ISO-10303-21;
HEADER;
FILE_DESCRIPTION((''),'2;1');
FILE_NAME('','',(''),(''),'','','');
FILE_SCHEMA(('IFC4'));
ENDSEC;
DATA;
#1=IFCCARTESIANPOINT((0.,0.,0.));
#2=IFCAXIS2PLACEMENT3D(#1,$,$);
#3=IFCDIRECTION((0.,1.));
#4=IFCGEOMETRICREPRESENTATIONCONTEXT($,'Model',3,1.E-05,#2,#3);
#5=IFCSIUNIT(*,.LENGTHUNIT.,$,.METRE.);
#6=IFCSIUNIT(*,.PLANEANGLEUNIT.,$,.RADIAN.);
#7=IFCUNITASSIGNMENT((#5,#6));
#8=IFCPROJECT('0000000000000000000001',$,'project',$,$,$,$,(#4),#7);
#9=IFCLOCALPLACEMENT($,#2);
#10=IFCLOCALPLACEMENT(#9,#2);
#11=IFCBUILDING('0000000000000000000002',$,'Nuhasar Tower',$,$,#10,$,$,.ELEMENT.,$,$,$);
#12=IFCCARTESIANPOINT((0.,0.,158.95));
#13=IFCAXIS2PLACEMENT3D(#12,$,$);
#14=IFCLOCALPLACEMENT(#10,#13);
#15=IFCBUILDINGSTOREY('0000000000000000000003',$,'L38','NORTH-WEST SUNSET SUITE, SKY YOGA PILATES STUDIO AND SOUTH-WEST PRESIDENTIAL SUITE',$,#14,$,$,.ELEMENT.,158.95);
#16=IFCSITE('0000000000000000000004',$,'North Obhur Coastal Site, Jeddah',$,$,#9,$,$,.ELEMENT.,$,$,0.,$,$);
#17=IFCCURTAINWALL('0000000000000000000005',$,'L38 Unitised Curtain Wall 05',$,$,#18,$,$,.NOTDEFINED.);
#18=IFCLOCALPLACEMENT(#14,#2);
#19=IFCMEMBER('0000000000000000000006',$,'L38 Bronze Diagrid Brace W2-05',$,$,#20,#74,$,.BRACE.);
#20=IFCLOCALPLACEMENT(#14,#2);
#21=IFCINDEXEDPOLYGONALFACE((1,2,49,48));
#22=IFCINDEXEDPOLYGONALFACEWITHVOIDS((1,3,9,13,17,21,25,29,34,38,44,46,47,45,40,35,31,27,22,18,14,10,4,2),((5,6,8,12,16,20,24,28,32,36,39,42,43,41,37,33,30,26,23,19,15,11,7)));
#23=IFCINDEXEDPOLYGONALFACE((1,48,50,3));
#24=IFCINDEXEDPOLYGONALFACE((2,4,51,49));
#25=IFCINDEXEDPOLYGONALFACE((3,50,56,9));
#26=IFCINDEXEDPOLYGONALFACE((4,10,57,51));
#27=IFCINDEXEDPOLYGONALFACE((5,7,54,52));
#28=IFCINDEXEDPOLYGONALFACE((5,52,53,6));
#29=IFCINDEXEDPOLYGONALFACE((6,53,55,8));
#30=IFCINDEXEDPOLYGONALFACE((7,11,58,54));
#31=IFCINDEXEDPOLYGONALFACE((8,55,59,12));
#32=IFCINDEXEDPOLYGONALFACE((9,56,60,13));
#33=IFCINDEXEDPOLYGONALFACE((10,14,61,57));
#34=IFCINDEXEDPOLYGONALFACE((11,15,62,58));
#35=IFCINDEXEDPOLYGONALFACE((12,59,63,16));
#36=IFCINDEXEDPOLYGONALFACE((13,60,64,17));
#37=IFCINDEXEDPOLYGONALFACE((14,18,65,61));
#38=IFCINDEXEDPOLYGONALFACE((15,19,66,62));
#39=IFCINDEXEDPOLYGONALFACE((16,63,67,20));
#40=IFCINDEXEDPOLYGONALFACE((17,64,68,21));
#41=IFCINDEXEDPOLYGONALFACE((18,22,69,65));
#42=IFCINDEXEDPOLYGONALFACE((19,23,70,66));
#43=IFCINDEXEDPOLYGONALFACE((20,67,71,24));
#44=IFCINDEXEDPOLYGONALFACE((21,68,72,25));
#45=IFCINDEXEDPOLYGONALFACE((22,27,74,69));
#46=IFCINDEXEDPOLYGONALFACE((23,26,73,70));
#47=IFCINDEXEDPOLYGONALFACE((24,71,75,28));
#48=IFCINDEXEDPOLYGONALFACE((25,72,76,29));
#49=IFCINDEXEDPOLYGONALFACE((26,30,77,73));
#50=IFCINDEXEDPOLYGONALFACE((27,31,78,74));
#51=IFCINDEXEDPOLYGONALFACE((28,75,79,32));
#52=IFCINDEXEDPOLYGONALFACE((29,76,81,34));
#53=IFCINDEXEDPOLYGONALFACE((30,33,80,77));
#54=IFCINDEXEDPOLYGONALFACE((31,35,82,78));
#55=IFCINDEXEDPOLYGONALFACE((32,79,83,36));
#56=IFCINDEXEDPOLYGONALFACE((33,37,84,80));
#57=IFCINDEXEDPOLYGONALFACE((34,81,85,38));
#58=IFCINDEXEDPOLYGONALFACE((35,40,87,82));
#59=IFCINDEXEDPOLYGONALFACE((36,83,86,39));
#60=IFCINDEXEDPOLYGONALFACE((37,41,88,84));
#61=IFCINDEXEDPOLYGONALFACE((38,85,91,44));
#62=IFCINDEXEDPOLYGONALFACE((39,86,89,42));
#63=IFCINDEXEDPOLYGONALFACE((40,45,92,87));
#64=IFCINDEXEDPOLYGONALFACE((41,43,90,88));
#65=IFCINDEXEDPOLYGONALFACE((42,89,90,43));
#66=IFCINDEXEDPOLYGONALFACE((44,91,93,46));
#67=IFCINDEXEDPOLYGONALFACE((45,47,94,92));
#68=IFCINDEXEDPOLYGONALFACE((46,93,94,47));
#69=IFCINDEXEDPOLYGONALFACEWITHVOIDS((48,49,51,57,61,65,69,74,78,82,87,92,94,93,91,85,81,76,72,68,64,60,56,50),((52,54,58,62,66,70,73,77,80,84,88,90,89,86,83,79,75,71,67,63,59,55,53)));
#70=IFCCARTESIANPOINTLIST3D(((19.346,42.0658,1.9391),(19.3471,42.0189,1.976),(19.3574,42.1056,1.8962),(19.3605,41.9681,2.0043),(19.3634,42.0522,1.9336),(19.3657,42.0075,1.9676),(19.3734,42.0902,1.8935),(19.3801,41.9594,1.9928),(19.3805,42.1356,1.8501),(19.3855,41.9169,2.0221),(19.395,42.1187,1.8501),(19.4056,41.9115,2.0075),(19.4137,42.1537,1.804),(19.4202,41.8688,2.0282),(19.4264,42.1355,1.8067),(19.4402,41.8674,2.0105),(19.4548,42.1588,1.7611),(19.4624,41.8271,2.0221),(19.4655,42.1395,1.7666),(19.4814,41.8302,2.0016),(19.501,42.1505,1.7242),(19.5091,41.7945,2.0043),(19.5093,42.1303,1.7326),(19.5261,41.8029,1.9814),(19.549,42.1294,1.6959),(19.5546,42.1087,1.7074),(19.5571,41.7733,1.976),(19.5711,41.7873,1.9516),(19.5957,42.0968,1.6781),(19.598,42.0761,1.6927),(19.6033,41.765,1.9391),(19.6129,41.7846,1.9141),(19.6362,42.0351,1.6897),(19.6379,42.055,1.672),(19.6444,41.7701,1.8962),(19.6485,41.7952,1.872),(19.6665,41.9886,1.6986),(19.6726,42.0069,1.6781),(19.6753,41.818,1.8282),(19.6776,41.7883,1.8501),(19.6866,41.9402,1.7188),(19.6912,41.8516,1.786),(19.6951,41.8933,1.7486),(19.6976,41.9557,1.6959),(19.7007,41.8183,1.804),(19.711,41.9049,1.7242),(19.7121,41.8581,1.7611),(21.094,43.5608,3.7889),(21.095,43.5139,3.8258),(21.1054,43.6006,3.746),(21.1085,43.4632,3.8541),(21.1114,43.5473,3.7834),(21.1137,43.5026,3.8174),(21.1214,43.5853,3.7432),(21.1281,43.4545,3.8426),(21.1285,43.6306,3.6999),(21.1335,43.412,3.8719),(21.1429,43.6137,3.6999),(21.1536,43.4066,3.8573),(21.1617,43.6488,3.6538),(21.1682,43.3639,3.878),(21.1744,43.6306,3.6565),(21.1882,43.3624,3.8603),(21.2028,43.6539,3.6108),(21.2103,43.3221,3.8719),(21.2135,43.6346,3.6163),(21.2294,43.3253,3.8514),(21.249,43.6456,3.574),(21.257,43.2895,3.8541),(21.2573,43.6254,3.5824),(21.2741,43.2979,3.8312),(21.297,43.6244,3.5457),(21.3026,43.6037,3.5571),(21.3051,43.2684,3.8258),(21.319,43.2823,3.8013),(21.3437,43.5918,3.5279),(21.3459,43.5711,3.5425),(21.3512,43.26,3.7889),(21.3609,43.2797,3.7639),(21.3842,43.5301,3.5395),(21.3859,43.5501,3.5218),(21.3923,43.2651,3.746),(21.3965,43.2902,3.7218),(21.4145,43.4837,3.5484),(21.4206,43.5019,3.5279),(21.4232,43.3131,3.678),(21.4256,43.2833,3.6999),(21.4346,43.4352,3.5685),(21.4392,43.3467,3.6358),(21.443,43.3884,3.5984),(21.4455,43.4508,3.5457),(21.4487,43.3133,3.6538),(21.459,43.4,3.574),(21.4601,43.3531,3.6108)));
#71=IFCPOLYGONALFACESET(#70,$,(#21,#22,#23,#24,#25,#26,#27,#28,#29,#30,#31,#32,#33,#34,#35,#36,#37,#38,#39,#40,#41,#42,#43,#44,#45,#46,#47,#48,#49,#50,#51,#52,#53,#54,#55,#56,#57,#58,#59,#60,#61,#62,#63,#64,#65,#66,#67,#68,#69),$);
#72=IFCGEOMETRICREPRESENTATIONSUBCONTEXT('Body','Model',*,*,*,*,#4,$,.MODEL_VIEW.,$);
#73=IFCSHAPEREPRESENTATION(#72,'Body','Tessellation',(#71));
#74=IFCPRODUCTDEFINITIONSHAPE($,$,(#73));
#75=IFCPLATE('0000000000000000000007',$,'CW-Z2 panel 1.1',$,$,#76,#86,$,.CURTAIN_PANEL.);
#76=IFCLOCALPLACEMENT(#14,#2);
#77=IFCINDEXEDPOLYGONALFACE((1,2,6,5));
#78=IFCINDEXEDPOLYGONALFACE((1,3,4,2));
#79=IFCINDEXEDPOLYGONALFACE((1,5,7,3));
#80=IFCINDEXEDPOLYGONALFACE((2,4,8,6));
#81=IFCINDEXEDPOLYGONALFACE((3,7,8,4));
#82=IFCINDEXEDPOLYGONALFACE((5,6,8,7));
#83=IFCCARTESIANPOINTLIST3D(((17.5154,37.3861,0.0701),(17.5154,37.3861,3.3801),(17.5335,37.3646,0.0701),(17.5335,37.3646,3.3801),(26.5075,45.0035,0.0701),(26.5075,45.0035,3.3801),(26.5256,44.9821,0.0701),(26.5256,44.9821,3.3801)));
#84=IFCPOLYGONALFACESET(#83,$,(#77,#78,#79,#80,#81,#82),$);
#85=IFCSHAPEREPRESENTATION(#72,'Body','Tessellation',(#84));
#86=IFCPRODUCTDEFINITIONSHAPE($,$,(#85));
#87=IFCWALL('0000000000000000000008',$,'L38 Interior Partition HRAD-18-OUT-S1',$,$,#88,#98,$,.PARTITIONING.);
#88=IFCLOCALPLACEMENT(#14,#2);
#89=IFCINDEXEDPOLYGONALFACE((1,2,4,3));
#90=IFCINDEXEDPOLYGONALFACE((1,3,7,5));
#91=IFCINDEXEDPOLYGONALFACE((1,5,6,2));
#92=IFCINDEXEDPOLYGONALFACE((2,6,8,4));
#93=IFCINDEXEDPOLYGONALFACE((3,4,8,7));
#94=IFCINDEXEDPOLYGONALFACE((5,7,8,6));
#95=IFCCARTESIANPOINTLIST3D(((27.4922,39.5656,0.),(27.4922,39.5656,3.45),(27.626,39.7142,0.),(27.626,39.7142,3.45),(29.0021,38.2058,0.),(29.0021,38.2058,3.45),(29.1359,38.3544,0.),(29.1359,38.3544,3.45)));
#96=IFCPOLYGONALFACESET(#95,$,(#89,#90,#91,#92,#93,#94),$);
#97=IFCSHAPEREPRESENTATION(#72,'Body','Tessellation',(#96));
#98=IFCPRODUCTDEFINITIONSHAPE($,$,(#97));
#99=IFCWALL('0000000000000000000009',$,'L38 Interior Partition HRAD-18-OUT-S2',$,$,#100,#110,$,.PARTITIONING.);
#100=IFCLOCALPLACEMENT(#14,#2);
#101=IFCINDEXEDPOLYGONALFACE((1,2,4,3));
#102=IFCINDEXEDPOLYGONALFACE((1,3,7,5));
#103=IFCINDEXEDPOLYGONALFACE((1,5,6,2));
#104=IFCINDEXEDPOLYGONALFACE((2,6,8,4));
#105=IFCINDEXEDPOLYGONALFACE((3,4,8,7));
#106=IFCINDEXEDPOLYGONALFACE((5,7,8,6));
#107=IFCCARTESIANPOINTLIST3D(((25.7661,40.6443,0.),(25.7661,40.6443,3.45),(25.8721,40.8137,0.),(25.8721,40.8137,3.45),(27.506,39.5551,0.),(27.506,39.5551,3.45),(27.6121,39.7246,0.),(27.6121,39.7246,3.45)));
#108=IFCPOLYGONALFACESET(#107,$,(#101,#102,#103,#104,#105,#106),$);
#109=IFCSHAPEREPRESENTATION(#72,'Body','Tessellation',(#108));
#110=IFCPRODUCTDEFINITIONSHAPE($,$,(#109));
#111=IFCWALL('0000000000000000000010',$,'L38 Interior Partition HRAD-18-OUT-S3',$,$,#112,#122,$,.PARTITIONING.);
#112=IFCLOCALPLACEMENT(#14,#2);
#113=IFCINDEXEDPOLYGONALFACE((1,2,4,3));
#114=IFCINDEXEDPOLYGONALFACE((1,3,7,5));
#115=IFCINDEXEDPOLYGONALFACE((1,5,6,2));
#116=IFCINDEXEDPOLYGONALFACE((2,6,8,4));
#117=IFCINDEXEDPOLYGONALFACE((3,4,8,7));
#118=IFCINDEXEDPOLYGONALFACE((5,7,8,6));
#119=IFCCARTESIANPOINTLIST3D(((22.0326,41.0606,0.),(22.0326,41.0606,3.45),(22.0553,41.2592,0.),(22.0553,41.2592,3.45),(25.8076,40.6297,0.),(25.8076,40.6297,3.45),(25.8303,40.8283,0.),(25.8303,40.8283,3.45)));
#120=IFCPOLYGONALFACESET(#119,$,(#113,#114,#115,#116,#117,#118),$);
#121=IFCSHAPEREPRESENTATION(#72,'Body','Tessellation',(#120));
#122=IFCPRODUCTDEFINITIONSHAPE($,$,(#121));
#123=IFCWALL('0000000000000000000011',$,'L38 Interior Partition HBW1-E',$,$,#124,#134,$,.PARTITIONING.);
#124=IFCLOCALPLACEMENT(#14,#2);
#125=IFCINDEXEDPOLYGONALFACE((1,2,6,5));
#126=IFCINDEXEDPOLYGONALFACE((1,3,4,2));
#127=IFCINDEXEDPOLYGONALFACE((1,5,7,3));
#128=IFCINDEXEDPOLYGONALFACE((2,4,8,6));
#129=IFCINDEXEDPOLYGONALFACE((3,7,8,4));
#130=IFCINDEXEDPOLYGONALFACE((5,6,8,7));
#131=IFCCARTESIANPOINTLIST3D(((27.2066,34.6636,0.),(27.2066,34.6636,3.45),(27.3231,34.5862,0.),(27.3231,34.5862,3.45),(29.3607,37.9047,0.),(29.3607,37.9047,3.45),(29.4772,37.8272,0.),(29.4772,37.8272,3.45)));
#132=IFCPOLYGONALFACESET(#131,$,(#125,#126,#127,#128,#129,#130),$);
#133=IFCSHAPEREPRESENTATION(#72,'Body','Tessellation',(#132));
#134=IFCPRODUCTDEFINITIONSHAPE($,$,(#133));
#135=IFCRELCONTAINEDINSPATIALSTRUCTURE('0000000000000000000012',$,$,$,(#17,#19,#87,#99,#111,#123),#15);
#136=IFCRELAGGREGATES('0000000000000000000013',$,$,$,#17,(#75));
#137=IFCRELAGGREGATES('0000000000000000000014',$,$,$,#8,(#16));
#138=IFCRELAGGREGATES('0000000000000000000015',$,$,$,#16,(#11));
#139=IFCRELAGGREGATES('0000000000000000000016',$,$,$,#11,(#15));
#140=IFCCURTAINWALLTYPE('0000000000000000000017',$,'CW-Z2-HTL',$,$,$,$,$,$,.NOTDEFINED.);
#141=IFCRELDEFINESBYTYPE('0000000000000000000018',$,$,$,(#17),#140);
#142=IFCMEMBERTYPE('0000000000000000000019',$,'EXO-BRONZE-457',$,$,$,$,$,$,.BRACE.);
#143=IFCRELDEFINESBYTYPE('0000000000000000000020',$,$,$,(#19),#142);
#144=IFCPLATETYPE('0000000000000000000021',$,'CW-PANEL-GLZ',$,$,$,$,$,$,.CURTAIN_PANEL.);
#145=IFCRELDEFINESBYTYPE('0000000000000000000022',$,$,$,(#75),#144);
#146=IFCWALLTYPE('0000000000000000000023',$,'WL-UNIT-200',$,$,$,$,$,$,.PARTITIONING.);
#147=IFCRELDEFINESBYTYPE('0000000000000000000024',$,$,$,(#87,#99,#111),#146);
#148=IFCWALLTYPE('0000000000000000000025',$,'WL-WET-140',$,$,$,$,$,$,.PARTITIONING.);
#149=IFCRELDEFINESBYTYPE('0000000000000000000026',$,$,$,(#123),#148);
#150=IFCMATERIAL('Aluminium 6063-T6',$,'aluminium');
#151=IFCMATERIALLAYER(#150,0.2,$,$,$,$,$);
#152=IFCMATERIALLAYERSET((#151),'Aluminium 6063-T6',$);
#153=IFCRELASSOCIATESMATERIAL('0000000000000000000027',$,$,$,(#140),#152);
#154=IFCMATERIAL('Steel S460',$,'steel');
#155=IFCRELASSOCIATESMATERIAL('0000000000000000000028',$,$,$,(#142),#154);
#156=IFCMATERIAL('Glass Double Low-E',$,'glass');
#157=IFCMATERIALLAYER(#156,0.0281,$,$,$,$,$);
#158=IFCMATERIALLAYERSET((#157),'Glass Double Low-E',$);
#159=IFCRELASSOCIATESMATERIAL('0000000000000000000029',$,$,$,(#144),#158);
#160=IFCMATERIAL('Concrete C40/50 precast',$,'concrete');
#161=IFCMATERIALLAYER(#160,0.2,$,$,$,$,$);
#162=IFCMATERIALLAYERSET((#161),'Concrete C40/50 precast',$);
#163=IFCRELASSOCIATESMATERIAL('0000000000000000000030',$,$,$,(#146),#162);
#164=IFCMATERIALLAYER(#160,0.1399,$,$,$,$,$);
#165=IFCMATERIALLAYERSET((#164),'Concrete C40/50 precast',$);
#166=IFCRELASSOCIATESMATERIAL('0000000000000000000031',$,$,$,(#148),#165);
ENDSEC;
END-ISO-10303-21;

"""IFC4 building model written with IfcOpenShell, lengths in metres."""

from ifc_helpers import new_model, si_unit, direction, frame, frame_2d, origin, origin_2d, place, context, subcontext, project, spatial, rectangle, hollow_circle, extrude, material, layer, layer_set, material_profile, profile_set, type_object, element, aggregate, save


model = new_model("IFC4")

# Units and contexts
model_context = context("Model", 3, precision=1e-05, world=origin(), true_north=direction((0.0, 1.0)))
body_context = subcontext(model_context, "Body", "Model", "MODEL_VIEW")
ifc_project = project(units=[si_unit("LENGTHUNIT", "METRE"), si_unit("PLANEANGLEUNIT", "RADIAN")], contexts=[model_context])

# Site, building, storey
site_placement = place(None, origin())
site = spatial("IfcSite", under=ifc_project, at=site_placement, Name="North Obhur Coastal Site, Jeddah", CompositionType="ELEMENT", RefElevation=0.0)
building_placement = place(site_placement, origin())
building = spatial("IfcBuilding", under=site, at=building_placement, Name="Nuhasar Tower", CompositionType="ELEMENT")
storey_placement = place(building_placement, frame((0.0, 0.0, 158.95)))
storey = spatial("IfcBuildingStorey", under=building, at=storey_placement, Name="L38", Description="NORTH-WEST SUNSET SUITE, SKY YOGA PILATES STUDIO AND SOUTH-WEST PRESIDENTIAL SUITE", CompositionType="ELEMENT", Elevation=158.95)

# Shared definitions
ifc_material_1 = material(Name="Aluminium 6063-T6", Category="aluminium")
ifc_layer_1 = layer(ifc_material_1, 0.2)
ifc_layer_set_1 = layer_set([ifc_layer_1], Name="Aluminium 6063-T6")
curtain_wall_type = type_object("IfcCurtainWallType", Name="CW-Z2-HTL", PredefinedType="NOTDEFINED", material=ifc_layer_set_1)

# Curtain wall
curtain_wall_1_placement = place(storey_placement, origin())
curtain_wall_1 = element("IfcCurtainWall", 1, at=curtain_wall_1_placement, inside=storey, type_object=curtain_wall_type, Name="L38 Unitised Curtain Wall 05", PredefinedType="NOTDEFINED")

# Member
ifc_material_2 = material(Name="Steel S460", Category="steel")
ifc_material_profile_1 = material_profile(ifc_material_2, hollow_circle(Radius=0.2285, WallThickness=0.0222, at=origin_2d()), Name="HSS457X22.2")
ifc_profile_set_1 = profile_set([ifc_material_profile_1], Name="Steel S460")
member_type_1 = type_object("IfcMemberType", Name="EXO-BRONZE-457", PredefinedType="BRACE", material=ifc_profile_set_1)
member_1_placement = place(storey_placement, frame((19.5291, 41.9619, 1.8501), z_axis=(0.592201, 0.506514, 0.626691), x_axis=(-0.649987, 0.759945, 0.0)))
element("IfcMember", 2, at=member_1_placement, inside=storey, type_object=member_type_1, Name="L38 Bronze Diagrid Brace W2-05", PredefinedType="BRACE", context=body_context, shape_type="SweptSolid", body=[
    extrude(hollow_circle(Radius=0.2285, WallThickness=0.0222, at=origin_2d()), origin(), (0.0, 0.0, 1.0), 2.9517),
])

# Plate
ifc_material_3 = material(Name="Glass Double Low-E", Category="glass")
ifc_layer_2 = layer(ifc_material_3, 0.0281)
ifc_layer_set_2 = layer_set([ifc_layer_2], Name="Glass Double Low-E")
plate_type = type_object("IfcPlateType", Name="CW-PANEL-GLZ", PredefinedType="CURTAIN_PANEL", material=ifc_layer_set_2)
plate_placement = place(storey_placement, frame((22.0205, 41.1841, 0.0701), z_axis=(0.0, 0.0, 1.0), x_axis=(-0.76302, -0.646374, 0.0)))
plate = element("IfcPlate", 3, at=plate_placement, type_object=plate_type, Name="CW-Z2 panel 1.1", PredefinedType="CURTAIN_PANEL", context=body_context, shape_type="SweptSolid", body=[
    extrude(rectangle(XDim=11.7849, YDim=0.0281, at=origin_2d()), origin(), (0.0, 0.0, 1.0), 3.3101),
])
aggregate(curtain_wall_1, [plate])

# Walls
ifc_material_4 = material(Name="Concrete C40/50 precast", Category="concrete")
ifc_layer_3 = layer(ifc_material_4, 0.2)
ifc_layer_set_3 = layer_set([ifc_layer_3], Name="Concrete C40/50 precast")
wall_type_1 = type_object("IfcWallType", Name="WL-UNIT-200", PredefinedType="PARTITIONING", material=ifc_layer_set_3)
wall_1_placement = place(storey_placement, frame((29.0691, 38.28, 0.0), z_axis=(0.0, 0.0, 1.0), x_axis=(-0.743085, 0.669197, 0.0)))
element("IfcWall", 4, at=wall_1_placement, inside=storey, type_object=wall_type_1, Name="L38 Interior Partition HRAD-18-OUT-S1", PredefinedType="PARTITIONING", context=body_context, shape_type="SweptSolid", body=[
    extrude(rectangle(XDim=2.032, YDim=0.2, at=frame_2d((1.0161, 0.0))), origin(), (0.0, 0.0, 1.0), 3.45),
])
wall_2_placement = place(storey_placement, frame((27.5591, 39.6399, 0.0), z_axis=(0.0, 0.0, 1.0), x_axis=(-0.847644, 0.530565, 0.0)))
element("IfcWall", 5, at=wall_2_placement, inside=storey, type_object=wall_type_1, Name="L38 Interior Partition HRAD-18-OUT-S2", PredefinedType="PARTITIONING", context=body_context, shape_type="SweptSolid", body=[
    extrude(rectangle(XDim=2.0527, YDim=0.2, at=frame_2d((1.0264, 0.0))), origin(), (0.0, 0.0, 1.0), 3.45),
])
wall_3_placement = place(storey_placement, frame((25.8191, 40.729, 0.0), z_axis=(0.0, 0.0, 1.0), x_axis=(-0.993549, 0.113407, 0.0)))
element("IfcWall", 6, at=wall_3_placement, inside=storey, type_object=wall_type_1, Name="L38 Interior Partition HRAD-18-OUT-S3", PredefinedType="PARTITIONING", context=body_context, shape_type="SweptSolid", body=[
    extrude(rectangle(XDim=3.7996, YDim=0.2, at=frame_2d((1.8999, 0.0))), origin(), (0.0, 0.0, 1.0), 3.45),
])
ifc_layer_4 = layer(ifc_material_4, 0.1399)
ifc_layer_set_4 = layer_set([ifc_layer_4], Name="Concrete C40/50 precast")
wall_type_2 = type_object("IfcWallType", Name="WL-WET-140", PredefinedType="PARTITIONING", material=ifc_layer_set_4)
wall_4_placement = place(storey_placement, frame((29.4189, 37.866, 0.0), z_axis=(0.0, 0.0, 1.0), x_axis=(-0.553527, -0.832831, 0.0)))
element("IfcWall", 7, at=wall_4_placement, inside=storey, type_object=wall_type_2, Name="L38 Interior Partition HBW1-E", PredefinedType="PARTITIONING", context=body_context, shape_type="SweptSolid", body=[
    extrude(rectangle(XDim=3.8916, YDim=0.1399, at=frame_2d((1.9458, 0.0))), origin(), (0.0, 0.0, 1.0), 3.45),
])

save(model, "model.ifc")
